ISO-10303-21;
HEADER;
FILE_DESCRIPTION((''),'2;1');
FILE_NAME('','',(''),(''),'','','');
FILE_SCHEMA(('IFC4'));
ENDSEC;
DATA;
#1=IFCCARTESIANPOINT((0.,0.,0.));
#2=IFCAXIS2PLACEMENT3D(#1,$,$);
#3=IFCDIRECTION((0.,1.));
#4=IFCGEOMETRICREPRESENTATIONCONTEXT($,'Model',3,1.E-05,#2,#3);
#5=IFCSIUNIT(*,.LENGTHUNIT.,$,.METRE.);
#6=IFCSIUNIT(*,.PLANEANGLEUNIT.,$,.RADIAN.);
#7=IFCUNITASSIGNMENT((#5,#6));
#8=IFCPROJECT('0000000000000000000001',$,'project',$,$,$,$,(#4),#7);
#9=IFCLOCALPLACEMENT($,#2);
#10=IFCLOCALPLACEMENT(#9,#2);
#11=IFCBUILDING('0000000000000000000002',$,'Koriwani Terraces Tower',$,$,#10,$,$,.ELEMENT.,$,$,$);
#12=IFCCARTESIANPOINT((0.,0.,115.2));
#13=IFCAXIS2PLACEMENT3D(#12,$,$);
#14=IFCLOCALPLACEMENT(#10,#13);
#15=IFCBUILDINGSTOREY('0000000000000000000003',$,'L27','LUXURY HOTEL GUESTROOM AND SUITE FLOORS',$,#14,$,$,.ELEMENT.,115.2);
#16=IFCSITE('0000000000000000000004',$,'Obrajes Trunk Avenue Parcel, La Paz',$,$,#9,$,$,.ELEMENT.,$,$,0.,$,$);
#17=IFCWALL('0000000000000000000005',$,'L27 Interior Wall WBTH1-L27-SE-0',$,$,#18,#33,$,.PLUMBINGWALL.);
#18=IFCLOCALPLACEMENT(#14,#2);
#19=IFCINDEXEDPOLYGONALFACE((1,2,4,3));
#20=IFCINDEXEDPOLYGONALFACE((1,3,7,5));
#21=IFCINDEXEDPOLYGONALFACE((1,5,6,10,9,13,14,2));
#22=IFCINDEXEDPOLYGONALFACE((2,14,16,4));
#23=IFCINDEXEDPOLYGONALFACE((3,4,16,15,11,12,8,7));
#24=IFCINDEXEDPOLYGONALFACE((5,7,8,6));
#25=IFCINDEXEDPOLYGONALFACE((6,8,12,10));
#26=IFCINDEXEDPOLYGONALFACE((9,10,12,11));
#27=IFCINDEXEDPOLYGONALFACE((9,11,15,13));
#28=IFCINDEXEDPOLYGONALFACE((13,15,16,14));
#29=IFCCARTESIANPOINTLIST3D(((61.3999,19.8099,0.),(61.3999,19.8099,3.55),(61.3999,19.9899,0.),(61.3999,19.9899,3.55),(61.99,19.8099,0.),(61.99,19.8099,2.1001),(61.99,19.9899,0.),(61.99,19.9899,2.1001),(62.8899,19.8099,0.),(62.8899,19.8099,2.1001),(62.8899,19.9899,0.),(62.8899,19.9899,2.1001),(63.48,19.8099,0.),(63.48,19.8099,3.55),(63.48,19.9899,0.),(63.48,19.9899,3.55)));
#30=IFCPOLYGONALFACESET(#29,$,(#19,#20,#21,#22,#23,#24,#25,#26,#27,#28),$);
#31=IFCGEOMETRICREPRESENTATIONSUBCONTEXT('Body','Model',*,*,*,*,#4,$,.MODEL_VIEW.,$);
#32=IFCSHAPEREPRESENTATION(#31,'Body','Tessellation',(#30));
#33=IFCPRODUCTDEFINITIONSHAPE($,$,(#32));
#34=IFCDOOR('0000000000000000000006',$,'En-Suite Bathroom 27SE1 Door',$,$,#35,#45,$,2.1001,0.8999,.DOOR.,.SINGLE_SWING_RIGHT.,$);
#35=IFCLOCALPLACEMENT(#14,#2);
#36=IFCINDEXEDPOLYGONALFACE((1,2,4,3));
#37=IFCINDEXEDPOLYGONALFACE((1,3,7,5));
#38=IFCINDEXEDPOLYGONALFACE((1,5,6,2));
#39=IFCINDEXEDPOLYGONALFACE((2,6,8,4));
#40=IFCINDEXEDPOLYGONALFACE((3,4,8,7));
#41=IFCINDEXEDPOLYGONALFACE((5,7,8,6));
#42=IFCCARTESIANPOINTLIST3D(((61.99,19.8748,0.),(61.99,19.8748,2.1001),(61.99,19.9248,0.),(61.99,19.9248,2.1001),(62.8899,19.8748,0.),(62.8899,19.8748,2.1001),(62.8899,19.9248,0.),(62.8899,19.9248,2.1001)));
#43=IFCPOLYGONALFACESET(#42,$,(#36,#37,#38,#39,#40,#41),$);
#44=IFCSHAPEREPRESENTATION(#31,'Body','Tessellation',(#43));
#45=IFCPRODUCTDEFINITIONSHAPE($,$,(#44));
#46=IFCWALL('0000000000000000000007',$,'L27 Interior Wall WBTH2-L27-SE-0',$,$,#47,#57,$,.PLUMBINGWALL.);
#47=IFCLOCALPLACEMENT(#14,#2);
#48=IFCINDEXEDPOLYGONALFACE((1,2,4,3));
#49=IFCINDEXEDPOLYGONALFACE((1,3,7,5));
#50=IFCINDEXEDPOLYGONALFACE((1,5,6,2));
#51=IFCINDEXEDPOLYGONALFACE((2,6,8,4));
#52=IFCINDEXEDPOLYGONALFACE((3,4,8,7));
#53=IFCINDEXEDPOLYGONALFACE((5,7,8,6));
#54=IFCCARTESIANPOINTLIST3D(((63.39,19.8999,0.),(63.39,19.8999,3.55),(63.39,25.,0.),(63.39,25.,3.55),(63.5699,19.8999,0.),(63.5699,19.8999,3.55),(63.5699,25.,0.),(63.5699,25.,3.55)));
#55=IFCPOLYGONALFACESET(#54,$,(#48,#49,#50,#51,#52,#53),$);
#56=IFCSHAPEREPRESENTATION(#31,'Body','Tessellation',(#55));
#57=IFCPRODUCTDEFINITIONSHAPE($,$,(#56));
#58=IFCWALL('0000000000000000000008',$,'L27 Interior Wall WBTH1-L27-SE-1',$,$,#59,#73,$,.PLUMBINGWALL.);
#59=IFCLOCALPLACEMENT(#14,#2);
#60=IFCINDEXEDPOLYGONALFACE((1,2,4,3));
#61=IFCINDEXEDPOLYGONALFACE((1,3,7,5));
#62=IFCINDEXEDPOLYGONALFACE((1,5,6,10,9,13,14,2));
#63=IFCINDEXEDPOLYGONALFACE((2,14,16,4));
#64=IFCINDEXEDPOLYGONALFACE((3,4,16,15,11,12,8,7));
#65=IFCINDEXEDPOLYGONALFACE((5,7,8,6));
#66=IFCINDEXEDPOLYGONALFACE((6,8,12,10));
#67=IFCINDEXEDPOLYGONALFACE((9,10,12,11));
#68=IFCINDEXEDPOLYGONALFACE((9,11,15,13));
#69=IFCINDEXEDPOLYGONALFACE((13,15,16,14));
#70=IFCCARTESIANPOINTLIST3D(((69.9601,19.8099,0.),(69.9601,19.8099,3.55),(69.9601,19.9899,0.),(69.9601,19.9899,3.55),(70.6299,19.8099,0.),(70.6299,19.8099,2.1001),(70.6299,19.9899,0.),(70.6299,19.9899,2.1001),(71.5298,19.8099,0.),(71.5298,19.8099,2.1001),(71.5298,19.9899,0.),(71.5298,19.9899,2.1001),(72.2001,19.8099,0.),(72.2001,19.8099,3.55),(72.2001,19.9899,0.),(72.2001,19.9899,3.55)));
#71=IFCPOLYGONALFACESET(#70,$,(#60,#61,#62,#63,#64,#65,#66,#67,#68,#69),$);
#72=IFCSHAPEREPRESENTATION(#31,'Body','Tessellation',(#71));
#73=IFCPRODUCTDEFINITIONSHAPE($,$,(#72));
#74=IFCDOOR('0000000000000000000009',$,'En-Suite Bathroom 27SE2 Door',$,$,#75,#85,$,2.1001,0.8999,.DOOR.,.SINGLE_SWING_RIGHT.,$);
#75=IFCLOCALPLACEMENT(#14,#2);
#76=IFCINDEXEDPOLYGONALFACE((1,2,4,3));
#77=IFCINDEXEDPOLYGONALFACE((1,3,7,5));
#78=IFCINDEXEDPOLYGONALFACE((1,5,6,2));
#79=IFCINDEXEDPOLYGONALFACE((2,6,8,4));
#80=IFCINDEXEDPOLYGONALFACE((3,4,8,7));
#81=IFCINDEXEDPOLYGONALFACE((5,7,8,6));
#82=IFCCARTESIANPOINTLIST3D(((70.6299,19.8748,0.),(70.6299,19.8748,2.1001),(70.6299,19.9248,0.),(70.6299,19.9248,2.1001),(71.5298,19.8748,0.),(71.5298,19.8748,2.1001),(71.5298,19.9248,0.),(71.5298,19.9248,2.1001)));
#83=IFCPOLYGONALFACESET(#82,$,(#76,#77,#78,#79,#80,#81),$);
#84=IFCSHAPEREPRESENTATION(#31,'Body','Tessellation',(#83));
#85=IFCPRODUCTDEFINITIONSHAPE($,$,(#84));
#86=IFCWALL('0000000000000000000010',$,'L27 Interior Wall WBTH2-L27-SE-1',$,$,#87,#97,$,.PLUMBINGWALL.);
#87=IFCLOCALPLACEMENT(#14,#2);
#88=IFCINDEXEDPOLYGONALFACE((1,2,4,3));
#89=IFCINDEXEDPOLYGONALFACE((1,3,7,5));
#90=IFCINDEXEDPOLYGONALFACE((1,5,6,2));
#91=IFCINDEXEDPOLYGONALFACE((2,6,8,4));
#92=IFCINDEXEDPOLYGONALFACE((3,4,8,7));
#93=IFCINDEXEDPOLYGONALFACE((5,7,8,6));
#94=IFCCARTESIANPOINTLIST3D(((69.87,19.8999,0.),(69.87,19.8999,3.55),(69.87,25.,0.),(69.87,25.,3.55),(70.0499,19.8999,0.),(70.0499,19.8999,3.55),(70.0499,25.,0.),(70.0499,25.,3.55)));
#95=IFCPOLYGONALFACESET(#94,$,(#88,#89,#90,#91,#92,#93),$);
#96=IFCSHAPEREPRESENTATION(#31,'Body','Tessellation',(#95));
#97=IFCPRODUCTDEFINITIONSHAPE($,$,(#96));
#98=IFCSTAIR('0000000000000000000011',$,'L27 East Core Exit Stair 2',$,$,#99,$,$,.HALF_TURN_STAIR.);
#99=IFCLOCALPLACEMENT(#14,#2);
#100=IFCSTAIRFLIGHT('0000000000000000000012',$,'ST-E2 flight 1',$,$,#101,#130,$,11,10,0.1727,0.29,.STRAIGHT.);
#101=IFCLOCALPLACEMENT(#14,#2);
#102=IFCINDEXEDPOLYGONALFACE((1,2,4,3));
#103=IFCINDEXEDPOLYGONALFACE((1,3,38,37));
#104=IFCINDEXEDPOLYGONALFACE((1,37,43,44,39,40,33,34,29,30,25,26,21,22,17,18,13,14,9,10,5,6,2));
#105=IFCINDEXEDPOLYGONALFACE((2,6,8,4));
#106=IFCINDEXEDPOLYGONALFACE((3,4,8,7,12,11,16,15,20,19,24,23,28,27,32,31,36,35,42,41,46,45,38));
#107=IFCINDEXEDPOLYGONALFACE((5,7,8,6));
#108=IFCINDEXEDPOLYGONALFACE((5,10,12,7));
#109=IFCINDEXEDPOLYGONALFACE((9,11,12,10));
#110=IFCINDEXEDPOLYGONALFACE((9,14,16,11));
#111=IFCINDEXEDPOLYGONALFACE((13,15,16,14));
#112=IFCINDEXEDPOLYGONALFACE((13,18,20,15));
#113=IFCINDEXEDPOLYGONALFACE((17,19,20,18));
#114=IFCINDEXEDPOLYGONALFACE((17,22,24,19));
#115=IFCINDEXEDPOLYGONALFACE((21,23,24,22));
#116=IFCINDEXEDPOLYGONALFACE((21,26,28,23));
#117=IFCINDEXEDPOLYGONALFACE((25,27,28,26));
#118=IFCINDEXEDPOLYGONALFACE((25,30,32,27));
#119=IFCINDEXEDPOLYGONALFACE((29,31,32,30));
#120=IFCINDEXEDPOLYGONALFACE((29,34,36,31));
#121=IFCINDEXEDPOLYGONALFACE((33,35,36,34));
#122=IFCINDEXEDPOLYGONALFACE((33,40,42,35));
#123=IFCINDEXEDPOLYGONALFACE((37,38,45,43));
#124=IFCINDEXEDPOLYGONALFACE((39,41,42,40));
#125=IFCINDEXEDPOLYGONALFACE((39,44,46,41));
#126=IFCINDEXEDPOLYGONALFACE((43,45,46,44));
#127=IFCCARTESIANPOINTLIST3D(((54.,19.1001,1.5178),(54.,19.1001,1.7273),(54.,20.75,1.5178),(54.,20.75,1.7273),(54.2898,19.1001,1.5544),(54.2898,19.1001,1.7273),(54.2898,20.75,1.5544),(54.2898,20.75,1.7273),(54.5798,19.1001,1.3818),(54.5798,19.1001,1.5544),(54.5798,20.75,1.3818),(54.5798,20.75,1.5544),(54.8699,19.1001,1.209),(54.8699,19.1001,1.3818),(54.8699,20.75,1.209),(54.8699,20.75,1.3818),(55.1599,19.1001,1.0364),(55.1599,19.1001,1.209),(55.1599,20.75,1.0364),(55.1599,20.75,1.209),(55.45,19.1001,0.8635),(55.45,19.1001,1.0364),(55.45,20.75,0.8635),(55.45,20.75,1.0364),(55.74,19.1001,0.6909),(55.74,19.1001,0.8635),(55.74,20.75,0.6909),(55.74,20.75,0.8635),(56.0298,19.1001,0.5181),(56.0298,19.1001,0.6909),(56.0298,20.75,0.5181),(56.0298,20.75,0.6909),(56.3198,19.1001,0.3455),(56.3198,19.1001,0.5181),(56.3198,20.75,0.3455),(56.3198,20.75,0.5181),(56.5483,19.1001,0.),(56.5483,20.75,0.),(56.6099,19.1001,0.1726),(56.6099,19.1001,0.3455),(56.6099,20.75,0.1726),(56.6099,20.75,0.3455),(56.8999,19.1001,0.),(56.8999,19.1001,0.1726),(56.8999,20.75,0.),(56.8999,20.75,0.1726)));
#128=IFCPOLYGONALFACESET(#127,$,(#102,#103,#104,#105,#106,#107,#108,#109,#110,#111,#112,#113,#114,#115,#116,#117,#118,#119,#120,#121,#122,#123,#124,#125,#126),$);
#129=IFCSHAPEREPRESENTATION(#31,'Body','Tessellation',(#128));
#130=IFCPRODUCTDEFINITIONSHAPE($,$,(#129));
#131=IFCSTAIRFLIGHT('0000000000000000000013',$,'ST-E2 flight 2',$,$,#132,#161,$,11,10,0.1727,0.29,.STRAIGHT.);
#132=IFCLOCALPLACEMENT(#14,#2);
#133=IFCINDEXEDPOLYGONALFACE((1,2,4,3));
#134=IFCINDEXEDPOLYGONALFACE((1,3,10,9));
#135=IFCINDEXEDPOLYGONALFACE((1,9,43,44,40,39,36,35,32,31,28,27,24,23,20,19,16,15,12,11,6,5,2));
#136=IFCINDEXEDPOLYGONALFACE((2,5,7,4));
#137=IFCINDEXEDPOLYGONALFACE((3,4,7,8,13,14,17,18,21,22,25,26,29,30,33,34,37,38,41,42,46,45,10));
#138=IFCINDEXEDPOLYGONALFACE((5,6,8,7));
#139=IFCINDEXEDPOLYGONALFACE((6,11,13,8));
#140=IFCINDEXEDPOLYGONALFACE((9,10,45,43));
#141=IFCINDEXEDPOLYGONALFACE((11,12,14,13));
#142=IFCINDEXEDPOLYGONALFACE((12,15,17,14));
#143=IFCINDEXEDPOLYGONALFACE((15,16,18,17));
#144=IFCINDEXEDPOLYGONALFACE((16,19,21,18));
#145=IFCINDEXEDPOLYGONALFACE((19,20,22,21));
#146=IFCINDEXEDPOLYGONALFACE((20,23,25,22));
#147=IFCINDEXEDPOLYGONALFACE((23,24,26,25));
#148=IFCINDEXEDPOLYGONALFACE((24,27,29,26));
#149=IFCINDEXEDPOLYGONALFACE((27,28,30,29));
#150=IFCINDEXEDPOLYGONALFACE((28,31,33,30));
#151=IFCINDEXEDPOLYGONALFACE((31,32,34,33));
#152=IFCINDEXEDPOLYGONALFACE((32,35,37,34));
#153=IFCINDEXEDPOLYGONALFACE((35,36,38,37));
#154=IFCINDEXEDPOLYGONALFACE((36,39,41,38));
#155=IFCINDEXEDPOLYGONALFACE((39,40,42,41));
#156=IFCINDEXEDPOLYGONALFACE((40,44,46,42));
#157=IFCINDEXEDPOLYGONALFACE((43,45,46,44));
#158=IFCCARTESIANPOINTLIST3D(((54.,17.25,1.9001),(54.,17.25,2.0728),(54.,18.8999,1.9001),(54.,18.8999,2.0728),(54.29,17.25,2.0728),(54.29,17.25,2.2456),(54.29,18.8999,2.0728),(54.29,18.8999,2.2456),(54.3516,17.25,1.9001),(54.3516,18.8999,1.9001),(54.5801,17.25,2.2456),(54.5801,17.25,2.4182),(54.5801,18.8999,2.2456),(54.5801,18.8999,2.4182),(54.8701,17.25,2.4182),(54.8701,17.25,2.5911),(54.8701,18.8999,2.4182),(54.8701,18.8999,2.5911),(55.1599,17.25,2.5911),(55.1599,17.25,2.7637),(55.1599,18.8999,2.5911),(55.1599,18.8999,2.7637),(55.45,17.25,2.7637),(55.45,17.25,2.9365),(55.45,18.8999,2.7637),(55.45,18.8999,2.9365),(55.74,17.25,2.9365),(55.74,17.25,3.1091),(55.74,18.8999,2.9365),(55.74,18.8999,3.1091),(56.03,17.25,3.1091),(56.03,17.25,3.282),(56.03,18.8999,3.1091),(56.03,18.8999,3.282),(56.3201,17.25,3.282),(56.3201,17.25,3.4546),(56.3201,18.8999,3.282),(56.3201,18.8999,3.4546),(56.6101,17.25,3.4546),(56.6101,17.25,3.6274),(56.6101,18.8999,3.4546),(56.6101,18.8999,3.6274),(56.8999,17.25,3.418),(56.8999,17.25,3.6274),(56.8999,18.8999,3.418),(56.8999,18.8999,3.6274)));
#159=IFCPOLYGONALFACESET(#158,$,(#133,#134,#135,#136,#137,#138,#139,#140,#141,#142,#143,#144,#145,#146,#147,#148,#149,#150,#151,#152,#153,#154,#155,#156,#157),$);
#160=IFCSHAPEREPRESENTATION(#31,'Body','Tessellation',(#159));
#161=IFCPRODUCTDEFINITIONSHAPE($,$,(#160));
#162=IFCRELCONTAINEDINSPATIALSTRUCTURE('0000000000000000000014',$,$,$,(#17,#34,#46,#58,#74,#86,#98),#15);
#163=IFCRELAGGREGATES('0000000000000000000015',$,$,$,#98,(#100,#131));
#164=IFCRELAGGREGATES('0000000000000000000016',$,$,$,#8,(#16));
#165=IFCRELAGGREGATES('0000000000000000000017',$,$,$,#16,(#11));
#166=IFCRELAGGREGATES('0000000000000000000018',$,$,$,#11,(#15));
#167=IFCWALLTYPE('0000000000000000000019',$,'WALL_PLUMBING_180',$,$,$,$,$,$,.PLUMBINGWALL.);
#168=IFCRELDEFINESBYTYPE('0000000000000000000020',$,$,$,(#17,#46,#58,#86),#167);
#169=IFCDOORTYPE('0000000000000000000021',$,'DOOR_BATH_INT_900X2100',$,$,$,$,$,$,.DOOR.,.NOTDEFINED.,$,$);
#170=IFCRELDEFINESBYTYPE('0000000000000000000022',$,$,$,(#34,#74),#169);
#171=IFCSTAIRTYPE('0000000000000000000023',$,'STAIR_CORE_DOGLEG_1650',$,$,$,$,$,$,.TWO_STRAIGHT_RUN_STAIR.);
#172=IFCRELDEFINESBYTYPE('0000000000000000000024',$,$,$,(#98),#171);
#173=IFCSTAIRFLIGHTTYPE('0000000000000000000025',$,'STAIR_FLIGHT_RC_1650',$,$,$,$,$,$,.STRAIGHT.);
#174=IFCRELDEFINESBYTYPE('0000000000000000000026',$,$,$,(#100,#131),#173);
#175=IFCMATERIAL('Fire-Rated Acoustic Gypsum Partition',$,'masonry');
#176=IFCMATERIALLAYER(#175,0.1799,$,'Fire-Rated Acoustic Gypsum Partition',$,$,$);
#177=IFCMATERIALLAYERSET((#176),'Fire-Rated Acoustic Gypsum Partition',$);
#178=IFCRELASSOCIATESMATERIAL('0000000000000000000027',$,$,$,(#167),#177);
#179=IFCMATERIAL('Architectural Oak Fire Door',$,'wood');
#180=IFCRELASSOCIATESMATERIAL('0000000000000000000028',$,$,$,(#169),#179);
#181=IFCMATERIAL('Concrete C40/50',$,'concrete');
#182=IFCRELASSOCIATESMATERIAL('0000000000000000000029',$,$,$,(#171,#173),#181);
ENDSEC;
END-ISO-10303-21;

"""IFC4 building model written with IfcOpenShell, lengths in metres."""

from ifc_helpers import new_model, si_unit, direction, frame, frame_2d, origin, place, context, subcontext, project, spatial, polyline, rectangle, outline, extrude, material, layer, layer_set, type_object, element, fill, aggregate, save


model = new_model("IFC4")

# Units and contexts
model_context = context("Model", 3, precision=1e-05, world=origin(), true_north=direction((0.0, 1.0)))
body_context = subcontext(model_context, "Body", "Model", "MODEL_VIEW")
ifc_project = project(units=[si_unit("LENGTHUNIT", "METRE"), si_unit("PLANEANGLEUNIT", "RADIAN")], contexts=[model_context])

# Site, building, storey
site_placement = place(None, origin())
site = spatial("IfcSite", under=ifc_project, at=site_placement, Name="Obrajes Trunk Avenue Parcel, La Paz", CompositionType="ELEMENT", RefElevation=0.0)
building_placement = place(site_placement, origin())
building = spatial("IfcBuilding", under=site, at=building_placement, Name="Koriwani Terraces Tower", CompositionType="ELEMENT")
storey_placement = place(building_placement, frame((0.0, 0.0, 115.2)))
storey = spatial("IfcBuildingStorey", under=building, at=storey_placement, Name="L27", Description="LUXURY HOTEL GUESTROOM AND SUITE FLOORS", CompositionType="ELEMENT", Elevation=115.2)

# Shared definitions
ifc_material_1 = material(Name="Concrete C40/50", Category="concrete")

# Shared definitions
ifc_material_2 = material(Name="Architectural Oak Fire Door", Category="wood")

# Wall, opening, door
ifc_material_3 = material(Name="Fire-Rated Acoustic Gypsum Partition", Category="masonry")
ifc_layer_1 = layer(ifc_material_3, 0.1799, Name="Fire-Rated Acoustic Gypsum Partition")
ifc_layer_set_1 = layer_set([ifc_layer_1], Name="Fire-Rated Acoustic Gypsum Partition")
wall_type_1 = type_object("IfcWallType", Name="WALL_PLUMBING_180", PredefinedType="PLUMBINGWALL", material=ifc_layer_set_1)
wall_1_placement = place(storey_placement, frame((61.3999, 19.8999, 0.0), z_axis=(0.0, 0.0, 1.0), x_axis=(1.0, 0.0, 0.0)))
wall_1 = element("IfcWall", 1, at=wall_1_placement, inside=storey, type_object=wall_type_1, Name="L27 Interior Wall WBTH1-L27-SE-0", PredefinedType="PLUMBINGWALL", context=body_context, shape_type="SweptSolid", body=[
    extrude(rectangle(XDim=2.0801, YDim=0.1799, at=frame_2d((1.04, 0.0))), origin(), (0.0, 0.0, 1.0), 3.55),
])
opening_1_placement = place(wall_1_placement, frame((0.5901, 0.0, 0.0)))
opening_1 = element("IfcOpeningElement", 2, at=opening_1_placement, cuts=wall_1, PredefinedType="OPENING", context=body_context, shape_type="SweptSolid", body=[
    extrude(rectangle(XDim=0.8999, YDim=2.1001, at=frame_2d((0.45, 1.05))), frame((0.0, 0.1001, 0.0), z_axis=(0.0, -1.0, 0.0), x_axis=(1.0, 0.0, 0.0)), (0.0, 0.0, 1.0), 0.2),
])
door_type_1 = type_object("IfcDoorType", Name="DOOR_BATH_INT_900X2100", OperationType="NOTDEFINED", PredefinedType="DOOR", material=ifc_material_2)
door_1_placement = place(opening_1_placement, origin())
door_1 = element("IfcDoor", 3, at=door_1_placement, inside=storey, type_object=door_type_1, Name="En-Suite Bathroom 27SE1 Door", OperationType="SINGLE_SWING_RIGHT", OverallHeight=2.1001, OverallWidth=0.8999, PredefinedType="DOOR", context=body_context, shape_type="SweptSolid", body=[
    extrude(rectangle(XDim=0.8999, YDim=2.1001, at=frame_2d((0.45, 1.05))), frame((0.0, 0.0249, 0.0), z_axis=(0.0, -1.0, 0.0), x_axis=(1.0, 0.0, 0.0)), (0.0, 0.0, 1.0), 0.05),
])
fill(opening_1, door_1)

# Wall
wall_2_placement = place(storey_placement, frame((63.48, 19.8999, 0.0), z_axis=(0.0, 0.0, 1.0), x_axis=(0.0, 1.0, 0.0)))
element("IfcWall", 4, at=wall_2_placement, inside=storey, type_object=wall_type_1, Name="L27 Interior Wall WBTH2-L27-SE-0", PredefinedType="PLUMBINGWALL", context=body_context, shape_type="SweptSolid", body=[
    extrude(rectangle(XDim=5.1001, YDim=0.1799, at=frame_2d((2.55, 0.0))), origin(), (0.0, 0.0, 1.0), 3.55),
])

# Wall, opening, door
wall_3_placement = place(storey_placement, frame((69.96, 19.8999, 0.0), z_axis=(0.0, 0.0, 1.0), x_axis=(1.0, 0.0, 0.0)))
wall_3 = element("IfcWall", 5, at=wall_3_placement, inside=storey, type_object=wall_type_1, Name="L27 Interior Wall WBTH1-L27-SE-1", PredefinedType="PLUMBINGWALL", context=body_context, shape_type="SweptSolid", body=[
    extrude(rectangle(XDim=2.24, YDim=0.1799, at=frame_2d((1.1201, 0.0))), origin(), (0.0, 0.0, 1.0), 3.55),
])
opening_2_placement = place(wall_3_placement, frame((0.6699, 0.0, 0.0)))
opening_2 = element("IfcOpeningElement", 6, at=opening_2_placement, cuts=wall_3, PredefinedType="OPENING", context=body_context, shape_type="SweptSolid", body=[
    extrude(rectangle(XDim=0.8999, YDim=2.1001, at=frame_2d((0.45, 1.05))), frame((0.0, 0.1001, 0.0), z_axis=(0.0, -1.0, 0.0), x_axis=(1.0, 0.0, 0.0)), (0.0, 0.0, 1.0), 0.2),
])
door_2_placement = place(opening_2_placement, origin())
door_2 = element("IfcDoor", 7, at=door_2_placement, inside=storey, type_object=door_type_1, Name="En-Suite Bathroom 27SE2 Door", OperationType="SINGLE_SWING_RIGHT", OverallHeight=2.1001, OverallWidth=0.8999, PredefinedType="DOOR", context=body_context, shape_type="SweptSolid", body=[
    extrude(rectangle(XDim=0.8999, YDim=2.1001, at=frame_2d((0.45, 1.05))), frame((0.0, 0.0249, 0.0), z_axis=(0.0, -1.0, 0.0), x_axis=(1.0, 0.0, 0.0)), (0.0, 0.0, 1.0), 0.05),
])
fill(opening_2, door_2)

# Wall
wall_4_placement = place(storey_placement, frame((69.96, 19.8999, 0.0), z_axis=(0.0, 0.0, 1.0), x_axis=(0.0, 1.0, 0.0)))
element("IfcWall", 8, at=wall_4_placement, inside=storey, type_object=wall_type_1, Name="L27 Interior Wall WBTH2-L27-SE-1", PredefinedType="PLUMBINGWALL", context=body_context, shape_type="SweptSolid", body=[
    extrude(rectangle(XDim=5.1001, YDim=0.1799, at=frame_2d((2.55, 0.0))), origin(), (0.0, 0.0, 1.0), 3.55),
])

# Stair, stair flights
stair_type = type_object("IfcStairType", Name="STAIR_CORE_DOGLEG_1650", PredefinedType="TWO_STRAIGHT_RUN_STAIR", material=ifc_material_1)
stair_placement = place(storey_placement, origin())
stair = element("IfcStair", 9, at=stair_placement, inside=storey, type_object=stair_type, Name="L27 East Core Exit Stair 2", PredefinedType="HALF_TURN_STAIR")
stair_flight_type = type_object("IfcStairFlightType", Name="STAIR_FLIGHT_RC_1650", PredefinedType="STRAIGHT", material=ifc_material_1)
stair_flight_1_placement = place(storey_placement, frame((56.8999, 19.925, 0.0), z_axis=(0.0, 0.0, 1.0), x_axis=(-1.0, 0.0, 0.0)))
stair_flight_1 = element("IfcStairFlight", 10, at=stair_flight_1_placement, type_object=stair_flight_type, Name="ST-E2 flight 1", NumberOfRisers=11, NumberOfTreads=10, PredefinedType="STRAIGHT", RiserHeight=0.1727, TreadLength=0.29, context=body_context, shape_type="SweptSolid", body=[
    extrude(outline(polyline([(0.0, 0.0), (0.0, 0.1726), (0.29, 0.1726), (0.29, 0.3455), (0.5801, 0.3455), (0.5801, 0.5181), (0.8701, 0.5181), (0.8701, 0.6909), (1.1599, 0.6909), (1.1599, 0.8635), (1.45, 0.8635), (1.45, 1.0364), (1.74, 1.0364), (1.74, 1.209), (2.03, 1.209), (2.03, 1.3818), (2.3201, 1.3818), (2.3201, 1.5544), (2.6101, 1.5544), (2.6101, 1.7273), (2.8999, 1.7273), (2.8999, 1.8999), (2.8999, 1.5178), (0.3516, 0.0), (0.0, 0.0)])), frame((0.0, 0.825, 0.0), z_axis=(0.0, -1.0, 0.0), x_axis=(1.0, 0.0, 0.0)), (0.0, 0.0, 1.0), 1.6499),
])
stair_flight_2_placement = place(storey_placement, frame((54.0, 18.075, 1.9001), z_axis=(0.0, 0.0, 1.0), x_axis=(1.0, 0.0, 0.0)))
stair_flight_2 = element("IfcStairFlight", 11, at=stair_flight_2_placement, type_object=stair_flight_type, Name="ST-E2 flight 2", NumberOfRisers=11, NumberOfTreads=10, PredefinedType="STRAIGHT", RiserHeight=0.1727, TreadLength=0.29, context=body_context, shape_type="SweptSolid", body=[
    extrude(outline(polyline([(0.0, 0.0), (0.0, 0.1726), (0.29, 0.1726), (0.29, 0.3455), (0.5801, 0.3455), (0.5801, 0.5181), (0.8701, 0.5181), (0.8701, 0.6909), (1.1599, 0.6909), (1.1599, 0.8635), (1.45, 0.8635), (1.45, 1.0364), (1.74, 1.0364), (1.74, 1.209), (2.03, 1.209), (2.03, 1.3818), (2.3201, 1.3818), (2.3201, 1.5544), (2.6101, 1.5544), (2.6101, 1.7273), (2.8999, 1.7273), (2.8999, 1.8999), (2.8999, 1.5178), (0.3516, 0.0), (0.0, 0.0)])), frame((0.0, 0.825, 0.0), z_axis=(0.0, -1.0, 0.0), x_axis=(1.0, 0.0, 0.0)), (0.0, 0.0, 1.0), 1.6499),
])
aggregate(stair, [stair_flight_1, stair_flight_2])

save(model, "model.ifc")
